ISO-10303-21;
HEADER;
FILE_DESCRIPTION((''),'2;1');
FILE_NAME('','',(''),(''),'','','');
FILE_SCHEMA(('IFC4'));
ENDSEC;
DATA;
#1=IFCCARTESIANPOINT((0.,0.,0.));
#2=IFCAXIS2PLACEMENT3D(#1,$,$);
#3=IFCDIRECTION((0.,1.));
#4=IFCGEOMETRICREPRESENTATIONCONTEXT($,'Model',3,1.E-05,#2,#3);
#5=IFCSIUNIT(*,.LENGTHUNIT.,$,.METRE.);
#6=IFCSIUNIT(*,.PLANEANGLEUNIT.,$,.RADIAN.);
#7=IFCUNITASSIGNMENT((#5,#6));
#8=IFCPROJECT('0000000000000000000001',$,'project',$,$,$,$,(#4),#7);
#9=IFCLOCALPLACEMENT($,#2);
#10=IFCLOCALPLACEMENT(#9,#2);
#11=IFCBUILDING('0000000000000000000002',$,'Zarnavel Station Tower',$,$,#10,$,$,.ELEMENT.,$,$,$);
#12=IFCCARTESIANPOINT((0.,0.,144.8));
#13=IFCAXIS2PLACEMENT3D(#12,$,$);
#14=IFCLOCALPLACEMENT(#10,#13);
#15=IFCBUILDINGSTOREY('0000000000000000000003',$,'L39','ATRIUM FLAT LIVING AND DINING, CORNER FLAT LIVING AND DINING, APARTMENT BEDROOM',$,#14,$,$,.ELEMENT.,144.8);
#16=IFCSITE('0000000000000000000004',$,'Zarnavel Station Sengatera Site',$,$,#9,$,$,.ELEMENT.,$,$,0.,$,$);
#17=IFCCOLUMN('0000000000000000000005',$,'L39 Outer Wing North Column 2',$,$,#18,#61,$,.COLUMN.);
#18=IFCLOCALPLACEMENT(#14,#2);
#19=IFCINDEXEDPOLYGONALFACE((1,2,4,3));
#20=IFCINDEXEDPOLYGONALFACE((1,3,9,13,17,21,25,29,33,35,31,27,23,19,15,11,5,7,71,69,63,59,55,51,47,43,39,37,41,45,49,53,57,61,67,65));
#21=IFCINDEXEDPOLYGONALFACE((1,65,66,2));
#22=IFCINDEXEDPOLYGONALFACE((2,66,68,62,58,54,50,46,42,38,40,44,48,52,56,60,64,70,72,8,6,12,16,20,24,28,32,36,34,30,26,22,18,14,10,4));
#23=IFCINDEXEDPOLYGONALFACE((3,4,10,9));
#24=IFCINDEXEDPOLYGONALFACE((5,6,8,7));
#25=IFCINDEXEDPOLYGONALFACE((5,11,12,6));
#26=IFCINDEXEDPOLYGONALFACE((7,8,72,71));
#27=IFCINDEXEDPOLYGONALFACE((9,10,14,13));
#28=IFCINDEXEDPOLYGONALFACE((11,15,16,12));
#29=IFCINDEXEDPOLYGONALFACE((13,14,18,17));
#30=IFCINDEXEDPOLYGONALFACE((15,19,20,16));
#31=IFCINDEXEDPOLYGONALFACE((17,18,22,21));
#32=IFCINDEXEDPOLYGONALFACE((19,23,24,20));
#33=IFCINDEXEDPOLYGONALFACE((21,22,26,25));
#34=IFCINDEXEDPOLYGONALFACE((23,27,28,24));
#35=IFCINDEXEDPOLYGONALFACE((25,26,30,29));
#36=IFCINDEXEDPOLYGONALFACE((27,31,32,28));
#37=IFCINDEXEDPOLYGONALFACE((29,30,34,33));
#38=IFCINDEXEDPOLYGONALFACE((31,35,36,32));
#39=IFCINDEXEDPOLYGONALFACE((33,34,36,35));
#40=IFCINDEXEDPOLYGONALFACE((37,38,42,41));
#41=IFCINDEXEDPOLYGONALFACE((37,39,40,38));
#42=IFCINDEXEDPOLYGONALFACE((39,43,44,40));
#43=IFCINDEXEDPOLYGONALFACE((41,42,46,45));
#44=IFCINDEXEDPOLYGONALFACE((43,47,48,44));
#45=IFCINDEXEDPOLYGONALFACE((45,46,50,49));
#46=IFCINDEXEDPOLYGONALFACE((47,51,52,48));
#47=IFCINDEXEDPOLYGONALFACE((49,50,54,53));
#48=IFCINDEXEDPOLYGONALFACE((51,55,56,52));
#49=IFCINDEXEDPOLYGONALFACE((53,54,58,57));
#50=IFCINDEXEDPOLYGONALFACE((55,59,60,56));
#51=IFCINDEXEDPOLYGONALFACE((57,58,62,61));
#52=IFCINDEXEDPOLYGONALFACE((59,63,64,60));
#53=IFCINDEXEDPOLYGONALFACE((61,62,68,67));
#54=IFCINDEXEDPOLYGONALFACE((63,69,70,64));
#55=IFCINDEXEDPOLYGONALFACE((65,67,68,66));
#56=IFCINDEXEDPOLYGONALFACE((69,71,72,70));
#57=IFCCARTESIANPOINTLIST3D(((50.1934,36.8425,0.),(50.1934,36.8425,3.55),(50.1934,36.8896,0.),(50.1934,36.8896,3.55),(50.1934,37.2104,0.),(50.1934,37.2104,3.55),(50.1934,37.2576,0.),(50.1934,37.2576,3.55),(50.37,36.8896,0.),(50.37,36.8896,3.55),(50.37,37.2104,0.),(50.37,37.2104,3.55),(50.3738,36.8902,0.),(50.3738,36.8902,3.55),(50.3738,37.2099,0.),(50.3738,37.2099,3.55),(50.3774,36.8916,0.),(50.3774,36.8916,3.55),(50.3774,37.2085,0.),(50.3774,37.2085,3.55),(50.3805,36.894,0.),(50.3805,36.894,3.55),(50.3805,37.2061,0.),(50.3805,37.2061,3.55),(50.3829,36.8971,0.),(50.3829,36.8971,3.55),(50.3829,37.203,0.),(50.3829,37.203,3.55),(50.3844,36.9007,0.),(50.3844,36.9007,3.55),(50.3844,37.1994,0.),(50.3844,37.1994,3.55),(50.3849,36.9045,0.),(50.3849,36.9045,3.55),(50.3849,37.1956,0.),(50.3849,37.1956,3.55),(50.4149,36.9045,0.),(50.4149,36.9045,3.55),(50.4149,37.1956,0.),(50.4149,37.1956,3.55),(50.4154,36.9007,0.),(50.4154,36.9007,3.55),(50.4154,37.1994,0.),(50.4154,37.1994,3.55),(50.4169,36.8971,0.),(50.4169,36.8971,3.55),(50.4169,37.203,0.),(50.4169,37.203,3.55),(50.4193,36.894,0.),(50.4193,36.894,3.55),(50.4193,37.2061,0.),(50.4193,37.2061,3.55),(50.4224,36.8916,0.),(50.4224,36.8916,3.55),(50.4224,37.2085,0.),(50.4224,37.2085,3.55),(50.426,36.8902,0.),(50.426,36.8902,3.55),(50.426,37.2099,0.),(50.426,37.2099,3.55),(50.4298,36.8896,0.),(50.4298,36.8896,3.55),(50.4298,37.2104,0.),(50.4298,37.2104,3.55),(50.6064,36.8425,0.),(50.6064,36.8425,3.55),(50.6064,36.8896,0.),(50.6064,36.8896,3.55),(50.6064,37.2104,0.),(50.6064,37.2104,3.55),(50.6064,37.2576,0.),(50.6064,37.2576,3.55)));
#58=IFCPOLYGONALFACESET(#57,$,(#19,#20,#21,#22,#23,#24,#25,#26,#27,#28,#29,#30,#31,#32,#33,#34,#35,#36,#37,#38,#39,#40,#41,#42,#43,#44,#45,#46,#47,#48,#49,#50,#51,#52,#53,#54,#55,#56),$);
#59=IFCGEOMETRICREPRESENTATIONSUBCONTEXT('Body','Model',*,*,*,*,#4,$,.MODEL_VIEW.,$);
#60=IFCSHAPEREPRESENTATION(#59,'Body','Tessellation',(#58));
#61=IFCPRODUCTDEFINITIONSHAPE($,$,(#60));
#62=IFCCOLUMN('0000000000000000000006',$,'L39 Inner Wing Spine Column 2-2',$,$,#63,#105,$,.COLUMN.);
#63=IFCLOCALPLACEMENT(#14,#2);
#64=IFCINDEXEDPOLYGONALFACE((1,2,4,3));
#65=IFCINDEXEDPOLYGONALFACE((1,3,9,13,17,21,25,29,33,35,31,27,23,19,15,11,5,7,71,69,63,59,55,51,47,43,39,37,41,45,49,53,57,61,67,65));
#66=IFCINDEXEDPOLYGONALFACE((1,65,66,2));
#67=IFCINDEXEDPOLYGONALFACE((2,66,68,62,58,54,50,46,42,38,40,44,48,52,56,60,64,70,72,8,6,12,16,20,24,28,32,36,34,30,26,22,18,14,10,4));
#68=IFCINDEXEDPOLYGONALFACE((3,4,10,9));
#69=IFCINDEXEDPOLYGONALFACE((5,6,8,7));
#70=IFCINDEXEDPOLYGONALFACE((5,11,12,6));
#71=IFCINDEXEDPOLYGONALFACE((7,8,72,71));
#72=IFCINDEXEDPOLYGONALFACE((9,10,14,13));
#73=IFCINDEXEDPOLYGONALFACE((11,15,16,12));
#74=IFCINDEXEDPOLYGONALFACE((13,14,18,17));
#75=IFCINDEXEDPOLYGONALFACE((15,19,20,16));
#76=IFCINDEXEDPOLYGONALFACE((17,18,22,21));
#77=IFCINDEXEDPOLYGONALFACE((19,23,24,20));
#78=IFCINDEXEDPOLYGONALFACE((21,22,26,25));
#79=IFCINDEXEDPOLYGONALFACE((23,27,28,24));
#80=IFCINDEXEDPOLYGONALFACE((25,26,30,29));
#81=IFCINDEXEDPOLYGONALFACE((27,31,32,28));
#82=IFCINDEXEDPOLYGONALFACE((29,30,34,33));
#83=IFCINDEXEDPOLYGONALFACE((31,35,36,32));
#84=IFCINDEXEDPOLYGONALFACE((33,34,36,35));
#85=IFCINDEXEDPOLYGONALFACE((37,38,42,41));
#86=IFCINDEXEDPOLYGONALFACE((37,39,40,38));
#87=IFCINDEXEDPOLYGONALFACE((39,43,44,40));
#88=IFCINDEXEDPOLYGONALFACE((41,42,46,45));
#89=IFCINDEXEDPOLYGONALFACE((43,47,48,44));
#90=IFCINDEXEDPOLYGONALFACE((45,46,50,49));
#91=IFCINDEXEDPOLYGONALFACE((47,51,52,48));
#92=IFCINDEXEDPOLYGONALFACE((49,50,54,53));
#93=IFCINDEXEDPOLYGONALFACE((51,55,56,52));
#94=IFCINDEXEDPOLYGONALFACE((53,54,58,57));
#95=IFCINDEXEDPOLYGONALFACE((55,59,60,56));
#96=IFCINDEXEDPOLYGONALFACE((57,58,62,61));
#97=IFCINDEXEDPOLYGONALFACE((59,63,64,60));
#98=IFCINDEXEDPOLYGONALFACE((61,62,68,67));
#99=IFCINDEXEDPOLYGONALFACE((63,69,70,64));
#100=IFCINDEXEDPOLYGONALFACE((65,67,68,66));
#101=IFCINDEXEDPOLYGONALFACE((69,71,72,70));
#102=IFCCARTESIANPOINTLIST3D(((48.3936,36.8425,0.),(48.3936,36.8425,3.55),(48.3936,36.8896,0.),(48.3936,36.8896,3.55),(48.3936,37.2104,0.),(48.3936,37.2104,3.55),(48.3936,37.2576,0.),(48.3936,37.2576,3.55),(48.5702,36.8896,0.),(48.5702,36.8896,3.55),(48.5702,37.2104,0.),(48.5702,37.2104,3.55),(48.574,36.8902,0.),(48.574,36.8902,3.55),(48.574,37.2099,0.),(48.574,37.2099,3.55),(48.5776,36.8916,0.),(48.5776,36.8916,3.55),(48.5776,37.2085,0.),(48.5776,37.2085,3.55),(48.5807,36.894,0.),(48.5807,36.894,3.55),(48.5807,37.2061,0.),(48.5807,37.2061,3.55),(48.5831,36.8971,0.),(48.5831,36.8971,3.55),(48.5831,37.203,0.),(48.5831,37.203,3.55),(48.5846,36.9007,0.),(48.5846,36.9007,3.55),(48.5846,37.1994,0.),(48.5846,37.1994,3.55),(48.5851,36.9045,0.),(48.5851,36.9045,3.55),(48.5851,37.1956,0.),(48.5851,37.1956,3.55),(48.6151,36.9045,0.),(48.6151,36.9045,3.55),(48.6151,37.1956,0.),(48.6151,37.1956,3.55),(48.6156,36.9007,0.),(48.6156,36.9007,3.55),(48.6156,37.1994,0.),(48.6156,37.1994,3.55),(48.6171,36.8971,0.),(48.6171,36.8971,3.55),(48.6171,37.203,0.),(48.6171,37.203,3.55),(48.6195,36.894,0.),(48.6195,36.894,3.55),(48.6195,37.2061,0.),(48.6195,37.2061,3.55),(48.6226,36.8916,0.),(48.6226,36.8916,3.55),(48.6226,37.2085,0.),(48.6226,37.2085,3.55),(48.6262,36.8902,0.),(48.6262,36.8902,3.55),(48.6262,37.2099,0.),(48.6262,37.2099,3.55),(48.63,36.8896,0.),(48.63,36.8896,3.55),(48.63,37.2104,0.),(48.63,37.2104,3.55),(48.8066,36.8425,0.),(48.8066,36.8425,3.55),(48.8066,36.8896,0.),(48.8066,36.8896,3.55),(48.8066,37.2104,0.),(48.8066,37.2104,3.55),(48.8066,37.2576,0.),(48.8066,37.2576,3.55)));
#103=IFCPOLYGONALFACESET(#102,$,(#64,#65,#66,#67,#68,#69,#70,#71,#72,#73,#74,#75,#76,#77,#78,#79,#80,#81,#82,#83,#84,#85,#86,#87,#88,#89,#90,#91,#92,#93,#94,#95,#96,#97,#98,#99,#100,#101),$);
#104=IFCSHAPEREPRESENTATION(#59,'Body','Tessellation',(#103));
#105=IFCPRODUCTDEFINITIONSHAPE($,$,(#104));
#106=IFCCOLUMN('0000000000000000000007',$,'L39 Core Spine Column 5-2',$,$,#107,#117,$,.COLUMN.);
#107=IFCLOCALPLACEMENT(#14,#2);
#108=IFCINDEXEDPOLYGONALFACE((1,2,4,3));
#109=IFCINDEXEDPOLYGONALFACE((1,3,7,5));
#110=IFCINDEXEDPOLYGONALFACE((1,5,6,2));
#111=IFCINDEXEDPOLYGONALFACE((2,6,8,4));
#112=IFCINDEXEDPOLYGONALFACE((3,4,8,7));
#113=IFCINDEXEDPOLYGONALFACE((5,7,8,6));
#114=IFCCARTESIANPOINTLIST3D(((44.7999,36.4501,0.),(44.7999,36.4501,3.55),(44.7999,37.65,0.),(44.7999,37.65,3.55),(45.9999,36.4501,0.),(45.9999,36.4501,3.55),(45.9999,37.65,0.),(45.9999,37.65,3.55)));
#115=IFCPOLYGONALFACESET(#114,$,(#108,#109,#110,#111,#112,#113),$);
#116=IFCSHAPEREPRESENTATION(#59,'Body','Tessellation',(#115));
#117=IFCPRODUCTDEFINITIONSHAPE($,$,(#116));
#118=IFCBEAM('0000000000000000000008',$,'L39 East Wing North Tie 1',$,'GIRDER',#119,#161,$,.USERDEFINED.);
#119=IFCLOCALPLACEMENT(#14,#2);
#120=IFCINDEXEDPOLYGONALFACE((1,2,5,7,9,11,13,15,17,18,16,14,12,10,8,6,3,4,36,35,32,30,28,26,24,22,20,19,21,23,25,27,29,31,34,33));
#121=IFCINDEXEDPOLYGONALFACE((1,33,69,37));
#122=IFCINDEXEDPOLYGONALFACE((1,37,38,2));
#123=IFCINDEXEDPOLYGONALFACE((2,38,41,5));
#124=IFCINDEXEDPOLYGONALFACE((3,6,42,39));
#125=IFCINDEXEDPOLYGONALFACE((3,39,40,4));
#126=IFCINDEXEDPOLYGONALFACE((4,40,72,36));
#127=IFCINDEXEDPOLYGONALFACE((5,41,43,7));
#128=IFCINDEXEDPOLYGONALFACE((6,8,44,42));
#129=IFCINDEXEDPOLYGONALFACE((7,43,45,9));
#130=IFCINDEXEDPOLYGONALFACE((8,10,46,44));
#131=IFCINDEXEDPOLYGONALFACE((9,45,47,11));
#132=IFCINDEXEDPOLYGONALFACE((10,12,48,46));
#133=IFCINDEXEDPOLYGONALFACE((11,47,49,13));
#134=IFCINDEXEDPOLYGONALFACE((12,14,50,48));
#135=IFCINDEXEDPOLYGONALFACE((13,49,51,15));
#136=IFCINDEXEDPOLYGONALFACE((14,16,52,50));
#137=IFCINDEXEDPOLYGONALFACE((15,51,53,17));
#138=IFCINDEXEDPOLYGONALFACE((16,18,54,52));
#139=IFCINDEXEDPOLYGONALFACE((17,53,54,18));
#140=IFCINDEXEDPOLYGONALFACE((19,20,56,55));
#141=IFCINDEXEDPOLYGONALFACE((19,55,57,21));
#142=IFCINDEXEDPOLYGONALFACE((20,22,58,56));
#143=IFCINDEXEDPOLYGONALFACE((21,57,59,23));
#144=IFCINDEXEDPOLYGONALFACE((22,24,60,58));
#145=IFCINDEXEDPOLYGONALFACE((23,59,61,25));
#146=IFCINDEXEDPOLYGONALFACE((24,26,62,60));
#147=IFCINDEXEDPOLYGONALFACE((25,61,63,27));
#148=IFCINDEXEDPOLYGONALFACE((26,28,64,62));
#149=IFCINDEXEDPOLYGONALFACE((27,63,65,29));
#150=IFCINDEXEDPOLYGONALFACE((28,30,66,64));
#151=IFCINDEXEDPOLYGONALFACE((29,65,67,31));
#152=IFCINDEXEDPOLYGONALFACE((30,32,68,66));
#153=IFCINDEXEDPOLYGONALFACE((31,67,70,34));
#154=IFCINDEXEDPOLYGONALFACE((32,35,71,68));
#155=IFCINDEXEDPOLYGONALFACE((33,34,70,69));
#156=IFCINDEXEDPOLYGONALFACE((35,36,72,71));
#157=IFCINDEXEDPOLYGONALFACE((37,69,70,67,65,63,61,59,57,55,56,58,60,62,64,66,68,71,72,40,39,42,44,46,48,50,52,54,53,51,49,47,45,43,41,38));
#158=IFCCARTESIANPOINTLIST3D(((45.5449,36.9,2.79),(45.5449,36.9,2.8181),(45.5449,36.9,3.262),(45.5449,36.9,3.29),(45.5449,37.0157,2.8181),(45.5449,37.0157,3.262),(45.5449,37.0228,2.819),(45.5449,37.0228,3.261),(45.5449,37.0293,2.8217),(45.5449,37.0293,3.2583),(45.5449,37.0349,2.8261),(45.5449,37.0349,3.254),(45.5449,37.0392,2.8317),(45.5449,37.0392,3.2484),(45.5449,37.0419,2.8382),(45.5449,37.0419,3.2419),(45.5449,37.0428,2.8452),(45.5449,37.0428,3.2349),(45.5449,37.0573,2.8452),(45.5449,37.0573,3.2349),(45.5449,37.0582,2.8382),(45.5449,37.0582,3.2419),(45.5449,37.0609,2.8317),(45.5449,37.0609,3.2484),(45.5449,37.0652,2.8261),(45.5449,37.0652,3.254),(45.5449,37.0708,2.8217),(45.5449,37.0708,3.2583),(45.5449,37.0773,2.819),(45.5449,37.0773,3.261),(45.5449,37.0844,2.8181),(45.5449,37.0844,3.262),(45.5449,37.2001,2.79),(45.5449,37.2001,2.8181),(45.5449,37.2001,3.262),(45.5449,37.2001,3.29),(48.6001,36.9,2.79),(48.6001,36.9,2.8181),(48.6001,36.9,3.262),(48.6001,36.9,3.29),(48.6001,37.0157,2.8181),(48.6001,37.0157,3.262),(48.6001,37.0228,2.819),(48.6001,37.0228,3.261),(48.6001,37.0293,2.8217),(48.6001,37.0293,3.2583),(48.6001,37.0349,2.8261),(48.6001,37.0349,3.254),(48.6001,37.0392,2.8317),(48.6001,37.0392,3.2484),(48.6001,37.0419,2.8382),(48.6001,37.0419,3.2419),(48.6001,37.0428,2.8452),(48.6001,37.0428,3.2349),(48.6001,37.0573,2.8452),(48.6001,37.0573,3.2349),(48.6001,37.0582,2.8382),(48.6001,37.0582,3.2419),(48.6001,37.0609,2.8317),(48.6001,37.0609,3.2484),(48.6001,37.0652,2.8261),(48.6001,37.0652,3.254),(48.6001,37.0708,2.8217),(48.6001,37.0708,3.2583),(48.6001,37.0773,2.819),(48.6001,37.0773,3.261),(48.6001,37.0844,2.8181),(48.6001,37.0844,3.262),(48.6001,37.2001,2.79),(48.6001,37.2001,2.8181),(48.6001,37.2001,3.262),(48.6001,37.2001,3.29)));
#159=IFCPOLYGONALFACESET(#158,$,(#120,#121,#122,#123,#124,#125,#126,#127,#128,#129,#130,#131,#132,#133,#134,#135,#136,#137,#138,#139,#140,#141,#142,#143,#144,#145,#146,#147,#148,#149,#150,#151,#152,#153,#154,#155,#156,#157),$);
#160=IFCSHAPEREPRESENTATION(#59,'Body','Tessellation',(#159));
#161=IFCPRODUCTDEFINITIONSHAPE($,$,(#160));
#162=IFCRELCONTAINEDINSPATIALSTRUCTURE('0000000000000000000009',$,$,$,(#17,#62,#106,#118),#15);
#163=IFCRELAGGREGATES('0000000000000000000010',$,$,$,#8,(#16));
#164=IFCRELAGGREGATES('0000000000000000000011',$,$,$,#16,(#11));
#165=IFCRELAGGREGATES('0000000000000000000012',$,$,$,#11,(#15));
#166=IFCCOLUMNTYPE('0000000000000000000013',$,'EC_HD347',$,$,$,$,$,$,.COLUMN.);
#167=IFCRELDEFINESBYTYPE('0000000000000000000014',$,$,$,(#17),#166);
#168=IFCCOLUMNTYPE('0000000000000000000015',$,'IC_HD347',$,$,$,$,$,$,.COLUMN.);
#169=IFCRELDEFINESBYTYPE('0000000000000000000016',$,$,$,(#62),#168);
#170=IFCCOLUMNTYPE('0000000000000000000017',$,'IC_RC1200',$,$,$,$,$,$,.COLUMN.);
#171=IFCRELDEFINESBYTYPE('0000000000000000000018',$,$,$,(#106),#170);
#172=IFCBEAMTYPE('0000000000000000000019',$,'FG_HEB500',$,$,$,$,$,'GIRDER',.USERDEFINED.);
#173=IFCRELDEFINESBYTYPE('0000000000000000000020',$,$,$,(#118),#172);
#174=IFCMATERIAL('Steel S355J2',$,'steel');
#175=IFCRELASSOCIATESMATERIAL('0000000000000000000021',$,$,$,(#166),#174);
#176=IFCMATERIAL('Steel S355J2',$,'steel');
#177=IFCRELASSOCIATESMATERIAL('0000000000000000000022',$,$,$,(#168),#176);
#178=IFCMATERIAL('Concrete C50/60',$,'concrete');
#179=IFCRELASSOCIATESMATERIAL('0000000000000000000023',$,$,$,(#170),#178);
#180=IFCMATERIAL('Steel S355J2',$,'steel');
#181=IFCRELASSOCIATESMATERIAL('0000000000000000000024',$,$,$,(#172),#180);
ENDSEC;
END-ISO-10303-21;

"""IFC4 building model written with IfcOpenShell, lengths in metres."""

from ifc_helpers import new_model, si_unit, direction, frame, origin, origin_2d, place, context, subcontext, project, spatial, rectangle, i_section, extrude, material, material_profile, profile_set, type_object, element, save


model = new_model("IFC4")

# Units and contexts
model_context = context("Model", 3, precision=1e-05, world=origin(), true_north=direction((0.0, 1.0)))
body_context = subcontext(model_context, "Body", "Model", "MODEL_VIEW")
ifc_project = project(units=[si_unit("LENGTHUNIT", "METRE"), si_unit("PLANEANGLEUNIT", "RADIAN")], contexts=[model_context])

# Site, building, storey
site_placement = place(None, origin())
site = spatial("IfcSite", under=ifc_project, at=site_placement, Name="Zarnavel Station Sengatera Site", CompositionType="ELEMENT", RefElevation=0.0)
building_placement = place(site_placement, origin())
building = spatial("IfcBuilding", under=site, at=building_placement, Name="Zarnavel Station Tower", CompositionType="ELEMENT")
storey_placement = place(building_placement, frame((0.0, 0.0, 144.8)))
storey = spatial("IfcBuildingStorey", under=building, at=storey_placement, Name="L39", Description="ATRIUM FLAT LIVING AND DINING, CORNER FLAT LIVING AND DINING, APARTMENT BEDROOM", CompositionType="ELEMENT", Elevation=144.8)

# Columns
ifc_material_1 = material(Name="Steel S355J2", Category="steel")
ifc_material_profile_1 = material_profile(ifc_material_1, i_section(OverallWidth=0.4131, OverallDepth=0.415, WebThickness=0.03, FlangeThickness=0.0471, FilletRadius=0.0149, at=origin_2d()), Name="HD400x347")
ifc_profile_set_1 = profile_set([ifc_material_profile_1], Name="Steel S355J2")
column_type_1 = type_object("IfcColumnType", Name="EC_HD347", PredefinedType="COLUMN", material=ifc_profile_set_1)
column_1_placement = place(storey_placement, frame((50.3999, 37.05, 0.0), z_axis=(0.0, 0.0, 1.0), x_axis=(1.0, 0.0, 0.0)))
element("IfcColumn", 1, at=column_1_placement, inside=storey, type_object=column_type_1, Name="L39 Outer Wing North Column 2", PredefinedType="COLUMN", context=body_context, shape_type="SweptSolid", body=[
    extrude(i_section(OverallWidth=0.4131, OverallDepth=0.415, WebThickness=0.03, FlangeThickness=0.0471, FilletRadius=0.0149, at=origin_2d()), origin(), (0.0, 0.0, 1.0), 3.55),
])
ifc_material_2 = material(Name="Steel S355J2", Category="steel")
ifc_material_profile_2 = material_profile(ifc_material_2, i_section(OverallWidth=0.4131, OverallDepth=0.415, WebThickness=0.03, FlangeThickness=0.0471, FilletRadius=0.0149, at=origin_2d()), Name="HD400x347")
ifc_profile_set_2 = profile_set([ifc_material_profile_2], Name="Steel S355J2")
column_type_2 = type_object("IfcColumnType", Name="IC_HD347", PredefinedType="COLUMN", material=ifc_profile_set_2)
column_2_placement = place(storey_placement, frame((48.6001, 37.05, 0.0), z_axis=(0.0, 0.0, 1.0), x_axis=(1.0, 0.0, 0.0)))
element("IfcColumn", 2, at=column_2_placement, inside=storey, type_object=column_type_2, Name="L39 Inner Wing Spine Column 2-2", PredefinedType="COLUMN", context=body_context, shape_type="SweptSolid", body=[
    extrude(i_section(OverallWidth=0.4131, OverallDepth=0.415, WebThickness=0.03, FlangeThickness=0.0471, FilletRadius=0.0149, at=origin_2d()), origin(), (0.0, 0.0, 1.0), 3.55),
])
ifc_material_3 = material(Name="Concrete C50/60", Category="concrete")
ifc_material_profile_3 = material_profile(ifc_material_3, rectangle(XDim=1.2, YDim=1.2, at=origin_2d()), Name="RC1200x1200")
ifc_profile_set_3 = profile_set([ifc_material_profile_3], Name="Concrete C50/60")
column_type_3 = type_object("IfcColumnType", Name="IC_RC1200", PredefinedType="COLUMN", material=ifc_profile_set_3)
column_3_placement = place(storey_placement, frame((45.3999, 37.05, 0.0), z_axis=(0.0, 0.0, 1.0), x_axis=(1.0, 0.0, 0.0)))
element("IfcColumn", 3, at=column_3_placement, inside=storey, type_object=column_type_3, Name="L39 Core Spine Column 5-2", PredefinedType="COLUMN", context=body_context, shape_type="SweptSolid", body=[
    extrude(rectangle(XDim=1.2, YDim=1.2, at=origin_2d()), origin(), (0.0, 0.0, 1.0), 3.55),
])

# Beam
ifc_material_4 = material(Name="Steel S355J2", Category="steel")
ifc_material_profile_4 = material_profile(ifc_material_4, i_section(OverallWidth=0.3, OverallDepth=0.5, WebThickness=0.0144, FlangeThickness=0.0281, FilletRadius=0.0271, at=origin_2d()), Name="HEB500")
ifc_profile_set_4 = profile_set([ifc_material_profile_4], Name="Steel S355J2")
beam_type = type_object("IfcBeamType", Name="FG_HEB500", ElementType="GIRDER", PredefinedType="USERDEFINED", material=ifc_profile_set_4)
beam_1_placement = place(storey_placement, frame((45.5449, 37.05, 3.04), z_axis=(1.0, 0.0, 0.0), x_axis=(0.0, 1.0, 0.0)))
element("IfcBeam", 4, at=beam_1_placement, inside=storey, type_object=beam_type, Name="L39 East Wing North Tie 1", ObjectType="GIRDER", PredefinedType="USERDEFINED", context=body_context, shape_type="SweptSolid", body=[
    extrude(i_section(OverallWidth=0.3, OverallDepth=0.5, WebThickness=0.0144, FlangeThickness=0.0281, FilletRadius=0.0271, at=origin_2d()), origin(), (0.0, 0.0, 1.0), 3.0552),
])

save(model, "model.ifc")
